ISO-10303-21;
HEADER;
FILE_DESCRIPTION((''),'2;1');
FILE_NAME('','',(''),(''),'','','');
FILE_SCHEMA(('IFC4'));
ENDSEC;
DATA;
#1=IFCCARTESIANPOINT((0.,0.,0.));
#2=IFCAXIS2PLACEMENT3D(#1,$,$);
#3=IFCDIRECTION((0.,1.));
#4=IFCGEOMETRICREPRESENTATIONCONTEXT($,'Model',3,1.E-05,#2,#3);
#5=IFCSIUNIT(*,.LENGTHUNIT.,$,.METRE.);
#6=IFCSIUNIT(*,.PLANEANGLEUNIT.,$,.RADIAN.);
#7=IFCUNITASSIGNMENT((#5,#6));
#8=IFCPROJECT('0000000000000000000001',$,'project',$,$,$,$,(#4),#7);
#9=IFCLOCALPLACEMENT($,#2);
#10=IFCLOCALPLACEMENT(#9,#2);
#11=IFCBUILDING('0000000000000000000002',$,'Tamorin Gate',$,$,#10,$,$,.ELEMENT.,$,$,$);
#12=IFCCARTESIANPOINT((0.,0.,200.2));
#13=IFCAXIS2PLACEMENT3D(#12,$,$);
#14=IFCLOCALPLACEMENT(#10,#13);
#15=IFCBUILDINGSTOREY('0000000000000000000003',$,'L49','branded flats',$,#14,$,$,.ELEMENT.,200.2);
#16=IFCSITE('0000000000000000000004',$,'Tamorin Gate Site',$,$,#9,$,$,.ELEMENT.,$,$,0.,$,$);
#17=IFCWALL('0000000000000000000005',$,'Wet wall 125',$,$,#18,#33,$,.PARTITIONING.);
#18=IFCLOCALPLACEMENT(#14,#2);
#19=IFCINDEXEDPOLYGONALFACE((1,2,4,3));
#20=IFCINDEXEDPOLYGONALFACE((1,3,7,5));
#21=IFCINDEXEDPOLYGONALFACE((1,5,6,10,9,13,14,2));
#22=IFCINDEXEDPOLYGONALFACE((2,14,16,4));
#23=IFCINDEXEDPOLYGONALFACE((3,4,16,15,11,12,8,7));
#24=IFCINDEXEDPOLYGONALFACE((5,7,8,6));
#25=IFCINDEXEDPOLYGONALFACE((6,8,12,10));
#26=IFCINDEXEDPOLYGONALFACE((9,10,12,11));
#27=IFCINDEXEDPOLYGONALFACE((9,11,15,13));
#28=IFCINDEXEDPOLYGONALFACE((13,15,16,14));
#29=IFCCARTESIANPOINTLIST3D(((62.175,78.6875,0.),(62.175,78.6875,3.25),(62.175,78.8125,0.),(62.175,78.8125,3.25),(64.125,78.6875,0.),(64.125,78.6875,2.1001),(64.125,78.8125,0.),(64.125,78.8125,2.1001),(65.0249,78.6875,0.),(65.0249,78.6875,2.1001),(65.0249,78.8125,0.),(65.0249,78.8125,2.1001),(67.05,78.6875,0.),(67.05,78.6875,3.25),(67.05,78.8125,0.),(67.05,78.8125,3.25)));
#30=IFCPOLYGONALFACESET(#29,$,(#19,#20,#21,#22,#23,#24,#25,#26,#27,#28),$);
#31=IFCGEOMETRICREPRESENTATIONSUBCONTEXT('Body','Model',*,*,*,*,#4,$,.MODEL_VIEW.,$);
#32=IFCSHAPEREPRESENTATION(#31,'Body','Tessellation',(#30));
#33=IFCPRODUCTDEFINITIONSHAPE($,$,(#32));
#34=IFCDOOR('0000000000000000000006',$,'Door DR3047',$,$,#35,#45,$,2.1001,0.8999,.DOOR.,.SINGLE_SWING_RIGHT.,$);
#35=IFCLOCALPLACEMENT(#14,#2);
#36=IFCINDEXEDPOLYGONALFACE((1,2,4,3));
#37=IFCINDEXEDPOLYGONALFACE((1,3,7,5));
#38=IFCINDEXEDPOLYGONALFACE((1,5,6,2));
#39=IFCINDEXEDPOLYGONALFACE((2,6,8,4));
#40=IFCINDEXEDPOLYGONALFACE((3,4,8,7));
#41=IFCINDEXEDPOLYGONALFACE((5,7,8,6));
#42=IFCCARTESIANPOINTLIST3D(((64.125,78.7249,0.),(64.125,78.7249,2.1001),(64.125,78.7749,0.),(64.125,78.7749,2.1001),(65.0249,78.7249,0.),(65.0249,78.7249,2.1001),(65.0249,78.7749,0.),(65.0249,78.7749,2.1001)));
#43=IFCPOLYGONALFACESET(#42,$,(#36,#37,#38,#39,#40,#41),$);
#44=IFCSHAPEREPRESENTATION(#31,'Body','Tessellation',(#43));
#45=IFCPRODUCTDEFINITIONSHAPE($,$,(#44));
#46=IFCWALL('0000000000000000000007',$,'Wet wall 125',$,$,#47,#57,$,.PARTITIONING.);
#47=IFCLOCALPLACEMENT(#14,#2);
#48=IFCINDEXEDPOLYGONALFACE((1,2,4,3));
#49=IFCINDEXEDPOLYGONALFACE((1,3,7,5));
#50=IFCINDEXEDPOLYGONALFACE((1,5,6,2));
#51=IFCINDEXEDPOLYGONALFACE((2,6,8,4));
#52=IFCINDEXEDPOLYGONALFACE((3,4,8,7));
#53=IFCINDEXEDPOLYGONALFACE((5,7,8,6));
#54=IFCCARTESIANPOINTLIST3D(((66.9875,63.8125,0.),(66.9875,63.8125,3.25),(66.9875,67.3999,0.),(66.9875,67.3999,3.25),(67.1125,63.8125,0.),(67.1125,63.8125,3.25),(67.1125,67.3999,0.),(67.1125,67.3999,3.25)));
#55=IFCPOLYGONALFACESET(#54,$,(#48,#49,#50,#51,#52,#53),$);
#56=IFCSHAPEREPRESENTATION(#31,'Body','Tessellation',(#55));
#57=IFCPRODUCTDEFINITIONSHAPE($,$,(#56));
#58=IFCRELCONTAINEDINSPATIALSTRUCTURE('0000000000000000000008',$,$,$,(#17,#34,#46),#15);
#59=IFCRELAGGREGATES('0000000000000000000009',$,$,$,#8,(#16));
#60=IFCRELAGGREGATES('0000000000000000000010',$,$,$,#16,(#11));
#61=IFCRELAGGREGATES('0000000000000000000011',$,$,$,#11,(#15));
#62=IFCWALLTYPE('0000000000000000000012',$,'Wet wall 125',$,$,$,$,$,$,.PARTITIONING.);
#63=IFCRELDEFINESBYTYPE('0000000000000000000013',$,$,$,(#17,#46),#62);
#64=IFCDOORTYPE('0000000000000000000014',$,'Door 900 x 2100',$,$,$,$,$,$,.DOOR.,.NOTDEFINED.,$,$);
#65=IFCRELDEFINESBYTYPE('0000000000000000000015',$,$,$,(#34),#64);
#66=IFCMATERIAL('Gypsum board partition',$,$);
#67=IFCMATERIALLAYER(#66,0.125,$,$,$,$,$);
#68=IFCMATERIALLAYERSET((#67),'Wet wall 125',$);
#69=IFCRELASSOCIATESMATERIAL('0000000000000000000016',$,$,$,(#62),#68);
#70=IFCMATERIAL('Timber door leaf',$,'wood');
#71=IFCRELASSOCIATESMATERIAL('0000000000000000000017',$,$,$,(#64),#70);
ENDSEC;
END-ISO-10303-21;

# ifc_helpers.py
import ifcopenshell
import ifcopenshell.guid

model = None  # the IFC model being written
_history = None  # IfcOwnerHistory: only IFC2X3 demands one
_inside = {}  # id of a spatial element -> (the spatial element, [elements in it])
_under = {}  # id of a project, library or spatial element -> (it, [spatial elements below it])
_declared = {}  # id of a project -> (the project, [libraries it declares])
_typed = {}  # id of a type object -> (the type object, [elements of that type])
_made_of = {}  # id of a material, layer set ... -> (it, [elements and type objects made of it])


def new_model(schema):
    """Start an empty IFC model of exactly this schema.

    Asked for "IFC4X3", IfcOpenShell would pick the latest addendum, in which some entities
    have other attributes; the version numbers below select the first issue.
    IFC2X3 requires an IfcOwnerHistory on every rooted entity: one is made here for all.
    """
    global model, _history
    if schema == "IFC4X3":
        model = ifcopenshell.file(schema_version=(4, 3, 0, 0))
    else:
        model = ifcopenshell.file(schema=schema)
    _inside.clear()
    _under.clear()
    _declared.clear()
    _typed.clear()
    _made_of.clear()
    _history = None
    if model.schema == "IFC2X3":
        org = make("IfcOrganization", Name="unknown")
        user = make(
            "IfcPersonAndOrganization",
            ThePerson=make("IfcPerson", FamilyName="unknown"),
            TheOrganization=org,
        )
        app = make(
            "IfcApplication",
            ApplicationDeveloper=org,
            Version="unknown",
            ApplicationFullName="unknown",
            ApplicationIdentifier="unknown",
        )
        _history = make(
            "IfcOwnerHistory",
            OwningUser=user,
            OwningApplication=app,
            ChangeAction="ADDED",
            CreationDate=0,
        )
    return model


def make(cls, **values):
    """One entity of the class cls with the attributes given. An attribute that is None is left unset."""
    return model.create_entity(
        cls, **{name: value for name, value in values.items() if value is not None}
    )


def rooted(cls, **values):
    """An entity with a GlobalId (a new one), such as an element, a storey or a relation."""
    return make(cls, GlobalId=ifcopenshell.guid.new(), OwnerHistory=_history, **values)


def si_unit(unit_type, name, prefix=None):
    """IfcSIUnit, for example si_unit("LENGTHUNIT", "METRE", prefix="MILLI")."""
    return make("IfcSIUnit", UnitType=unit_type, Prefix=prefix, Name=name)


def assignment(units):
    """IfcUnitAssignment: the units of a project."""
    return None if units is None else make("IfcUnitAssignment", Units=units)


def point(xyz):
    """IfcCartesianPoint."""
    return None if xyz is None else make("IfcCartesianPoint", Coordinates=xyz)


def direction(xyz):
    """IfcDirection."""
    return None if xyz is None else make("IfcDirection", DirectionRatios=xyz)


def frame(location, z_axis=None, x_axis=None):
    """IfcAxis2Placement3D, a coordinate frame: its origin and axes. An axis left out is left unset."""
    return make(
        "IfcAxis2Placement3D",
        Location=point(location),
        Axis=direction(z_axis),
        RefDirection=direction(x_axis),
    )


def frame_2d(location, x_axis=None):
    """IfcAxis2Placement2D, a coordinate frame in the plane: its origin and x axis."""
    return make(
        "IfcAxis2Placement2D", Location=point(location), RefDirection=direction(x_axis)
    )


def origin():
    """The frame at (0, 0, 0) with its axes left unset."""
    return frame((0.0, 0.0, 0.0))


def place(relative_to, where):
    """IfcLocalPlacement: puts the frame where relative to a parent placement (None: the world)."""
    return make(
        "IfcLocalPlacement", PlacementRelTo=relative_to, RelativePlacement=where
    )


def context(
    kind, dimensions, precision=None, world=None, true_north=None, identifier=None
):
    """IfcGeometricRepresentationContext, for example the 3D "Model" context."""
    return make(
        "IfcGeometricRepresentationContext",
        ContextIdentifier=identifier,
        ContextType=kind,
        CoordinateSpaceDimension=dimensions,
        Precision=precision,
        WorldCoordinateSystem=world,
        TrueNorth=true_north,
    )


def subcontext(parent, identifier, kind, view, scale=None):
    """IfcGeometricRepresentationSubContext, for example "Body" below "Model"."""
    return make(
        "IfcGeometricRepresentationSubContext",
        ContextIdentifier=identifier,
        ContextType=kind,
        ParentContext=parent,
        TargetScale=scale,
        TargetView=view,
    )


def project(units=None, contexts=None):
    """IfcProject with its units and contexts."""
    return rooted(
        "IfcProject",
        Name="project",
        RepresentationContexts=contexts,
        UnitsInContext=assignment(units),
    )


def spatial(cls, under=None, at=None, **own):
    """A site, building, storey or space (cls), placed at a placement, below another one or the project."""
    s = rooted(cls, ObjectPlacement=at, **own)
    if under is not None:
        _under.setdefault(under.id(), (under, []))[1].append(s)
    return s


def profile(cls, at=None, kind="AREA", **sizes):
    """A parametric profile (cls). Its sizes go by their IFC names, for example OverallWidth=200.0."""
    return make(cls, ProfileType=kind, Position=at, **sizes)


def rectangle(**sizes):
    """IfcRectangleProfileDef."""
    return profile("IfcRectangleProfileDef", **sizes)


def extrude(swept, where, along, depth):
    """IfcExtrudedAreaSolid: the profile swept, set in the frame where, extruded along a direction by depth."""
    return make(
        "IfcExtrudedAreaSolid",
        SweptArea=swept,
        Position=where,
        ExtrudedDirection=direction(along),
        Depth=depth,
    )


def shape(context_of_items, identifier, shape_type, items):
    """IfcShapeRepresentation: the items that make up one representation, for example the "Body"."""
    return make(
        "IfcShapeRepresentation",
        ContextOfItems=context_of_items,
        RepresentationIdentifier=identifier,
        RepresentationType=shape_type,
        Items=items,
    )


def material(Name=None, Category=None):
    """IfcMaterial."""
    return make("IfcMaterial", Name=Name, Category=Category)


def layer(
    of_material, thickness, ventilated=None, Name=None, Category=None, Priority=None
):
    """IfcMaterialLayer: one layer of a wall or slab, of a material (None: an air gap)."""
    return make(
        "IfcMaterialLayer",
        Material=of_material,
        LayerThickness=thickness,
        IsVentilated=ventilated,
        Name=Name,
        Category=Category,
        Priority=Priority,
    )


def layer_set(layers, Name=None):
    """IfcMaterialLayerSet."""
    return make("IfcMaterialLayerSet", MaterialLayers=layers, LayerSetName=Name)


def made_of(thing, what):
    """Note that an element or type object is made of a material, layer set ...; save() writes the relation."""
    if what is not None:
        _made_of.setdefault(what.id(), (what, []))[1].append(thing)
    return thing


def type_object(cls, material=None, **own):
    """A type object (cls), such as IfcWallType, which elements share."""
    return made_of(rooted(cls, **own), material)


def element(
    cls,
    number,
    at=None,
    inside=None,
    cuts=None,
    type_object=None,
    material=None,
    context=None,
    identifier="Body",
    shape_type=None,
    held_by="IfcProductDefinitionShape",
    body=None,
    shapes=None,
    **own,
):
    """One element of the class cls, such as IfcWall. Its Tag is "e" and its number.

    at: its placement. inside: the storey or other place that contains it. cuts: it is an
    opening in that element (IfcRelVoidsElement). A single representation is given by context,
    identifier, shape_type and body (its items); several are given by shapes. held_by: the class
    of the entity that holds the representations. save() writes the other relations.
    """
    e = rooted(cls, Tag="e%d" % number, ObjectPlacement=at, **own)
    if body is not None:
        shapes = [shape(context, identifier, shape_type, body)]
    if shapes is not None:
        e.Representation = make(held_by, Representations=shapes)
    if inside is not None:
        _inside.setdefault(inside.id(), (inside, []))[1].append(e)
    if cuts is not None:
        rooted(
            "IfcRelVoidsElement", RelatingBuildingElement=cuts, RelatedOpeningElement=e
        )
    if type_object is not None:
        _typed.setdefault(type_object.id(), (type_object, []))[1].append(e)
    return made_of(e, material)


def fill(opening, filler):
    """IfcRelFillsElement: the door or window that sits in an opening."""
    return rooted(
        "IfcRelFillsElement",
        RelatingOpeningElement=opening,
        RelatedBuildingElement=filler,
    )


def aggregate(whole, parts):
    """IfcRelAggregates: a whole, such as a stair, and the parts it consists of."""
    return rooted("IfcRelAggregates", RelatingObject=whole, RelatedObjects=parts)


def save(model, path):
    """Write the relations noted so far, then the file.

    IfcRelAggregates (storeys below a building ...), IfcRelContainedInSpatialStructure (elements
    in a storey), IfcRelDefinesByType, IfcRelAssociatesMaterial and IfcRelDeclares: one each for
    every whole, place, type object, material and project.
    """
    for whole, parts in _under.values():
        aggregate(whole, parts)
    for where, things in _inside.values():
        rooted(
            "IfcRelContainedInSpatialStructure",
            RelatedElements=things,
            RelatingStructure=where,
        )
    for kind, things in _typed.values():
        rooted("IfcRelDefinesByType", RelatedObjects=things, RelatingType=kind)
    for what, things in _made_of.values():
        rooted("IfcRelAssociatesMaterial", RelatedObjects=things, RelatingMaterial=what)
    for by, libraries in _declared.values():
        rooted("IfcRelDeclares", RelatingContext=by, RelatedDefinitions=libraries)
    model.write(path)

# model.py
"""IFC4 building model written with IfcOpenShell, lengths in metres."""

from ifc_helpers import new_model, si_unit, direction, frame, frame_2d, origin, place, context, subcontext, project, spatial, rectangle, extrude, material, layer, layer_set, type_object, element, fill, save


model = new_model("IFC4")

# Units and contexts
model_context = context("Model", 3, precision=1e-05, world=origin(), true_north=direction((0.0, 1.0)))
body_context = subcontext(model_context, "Body", "Model", "MODEL_VIEW")
ifc_project = project(units=[si_unit("LENGTHUNIT", "METRE"), si_unit("PLANEANGLEUNIT", "RADIAN")], contexts=[model_context])

# Site, building, storey
site_placement = place(None, origin())
site = spatial("IfcSite", under=ifc_project, at=site_placement, Name="Tamorin Gate Site", CompositionType="ELEMENT", RefElevation=0.0)
building_placement = place(site_placement, origin())
building = spatial("IfcBuilding", under=site, at=building_placement, Name="Tamorin Gate", CompositionType="ELEMENT")
storey_placement = place(building_placement, frame((0.0, 0.0, 200.2)))
storey = spatial("IfcBuildingStorey", under=building, at=storey_placement, Name="L49", Description="branded flats", CompositionType="ELEMENT", Elevation=200.2)

# Shared definitions
ifc_material_1 = material(Name="Gypsum board partition")

# Wall, opening, door
ifc_layer_1 = layer(ifc_material_1, 0.125)
ifc_layer_set_1 = layer_set([ifc_layer_1], Name="Wet wall 125")
wall_type_1 = type_object("IfcWallType", Name="Wet wall 125", PredefinedType="PARTITIONING", material=ifc_layer_set_1)
ifc_material_2 = material(Name="Timber door leaf", Category="wood")
door_type = type_object("IfcDoorType", Name="Door 900 x 2100", OperationType="NOTDEFINED", PredefinedType="DOOR", material=ifc_material_2)
wall_1_placement = place(storey_placement, frame((62.175, 78.75, 0.0), z_axis=(0.0, 0.0, 1.0), x_axis=(1.0, 0.0, 0.0)))
wall_1 = element("IfcWall", 1, at=wall_1_placement, inside=storey, type_object=wall_type_1, Name="Wet wall 125", PredefinedType="PARTITIONING", context=body_context, shape_type="SweptSolid", body=[
    extrude(rectangle(XDim=4.875, YDim=0.125, at=frame_2d((2.4375, 0.0))), origin(), (0.0, 0.0, 1.0), 3.25),
])
opening_1_placement = place(wall_1_placement, frame((1.95, 0.0, 0.0)))
opening_1 = element("IfcOpeningElement", 2, at=opening_1_placement, cuts=wall_1, PredefinedType="OPENING", context=body_context, shape_type="SweptSolid", body=[
    extrude(rectangle(XDim=0.8999, YDim=2.1001, at=frame_2d((0.45, 1.05))), frame((0.0, 0.0725, 0.0), z_axis=(0.0, -1.0, 0.0), x_axis=(1.0, 0.0, 0.0)), (0.0, 0.0, 1.0), 0.145),
])
door_1_placement = place(opening_1_placement, origin())
door_1 = element("IfcDoor", 3, at=door_1_placement, inside=storey, type_object=door_type, Name="Door DR3047", OperationType="SINGLE_SWING_RIGHT", OverallHeight=2.1001, OverallWidth=0.8999, PredefinedType="DOOR", context=body_context, shape_type="SweptSolid", body=[
    extrude(rectangle(XDim=0.8999, YDim=2.1001, at=frame_2d((0.45, 1.05))), frame((0.0, 0.0249, 0.0), z_axis=(0.0, -1.0, 0.0), x_axis=(1.0, 0.0, 0.0)), (0.0, 0.0, 1.0), 0.05),
])
fill(opening_1, door_1)

# Wall
wall_2_placement = place(storey_placement, frame((67.05, 63.8125, 0.0), z_axis=(0.0, 0.0, 1.0), x_axis=(0.0, 1.0, 0.0)))
element("IfcWall", 4, at=wall_2_placement, inside=storey, type_object=wall_type_1, Name="Wet wall 125", PredefinedType="PARTITIONING", context=body_context, shape_type="SweptSolid", body=[
    extrude(rectangle(XDim=3.5874, YDim=0.125, at=frame_2d((1.7937, 0.0))), origin(), (0.0, 0.0, 1.0), 3.25),
])

save(model, "model.ifc")
